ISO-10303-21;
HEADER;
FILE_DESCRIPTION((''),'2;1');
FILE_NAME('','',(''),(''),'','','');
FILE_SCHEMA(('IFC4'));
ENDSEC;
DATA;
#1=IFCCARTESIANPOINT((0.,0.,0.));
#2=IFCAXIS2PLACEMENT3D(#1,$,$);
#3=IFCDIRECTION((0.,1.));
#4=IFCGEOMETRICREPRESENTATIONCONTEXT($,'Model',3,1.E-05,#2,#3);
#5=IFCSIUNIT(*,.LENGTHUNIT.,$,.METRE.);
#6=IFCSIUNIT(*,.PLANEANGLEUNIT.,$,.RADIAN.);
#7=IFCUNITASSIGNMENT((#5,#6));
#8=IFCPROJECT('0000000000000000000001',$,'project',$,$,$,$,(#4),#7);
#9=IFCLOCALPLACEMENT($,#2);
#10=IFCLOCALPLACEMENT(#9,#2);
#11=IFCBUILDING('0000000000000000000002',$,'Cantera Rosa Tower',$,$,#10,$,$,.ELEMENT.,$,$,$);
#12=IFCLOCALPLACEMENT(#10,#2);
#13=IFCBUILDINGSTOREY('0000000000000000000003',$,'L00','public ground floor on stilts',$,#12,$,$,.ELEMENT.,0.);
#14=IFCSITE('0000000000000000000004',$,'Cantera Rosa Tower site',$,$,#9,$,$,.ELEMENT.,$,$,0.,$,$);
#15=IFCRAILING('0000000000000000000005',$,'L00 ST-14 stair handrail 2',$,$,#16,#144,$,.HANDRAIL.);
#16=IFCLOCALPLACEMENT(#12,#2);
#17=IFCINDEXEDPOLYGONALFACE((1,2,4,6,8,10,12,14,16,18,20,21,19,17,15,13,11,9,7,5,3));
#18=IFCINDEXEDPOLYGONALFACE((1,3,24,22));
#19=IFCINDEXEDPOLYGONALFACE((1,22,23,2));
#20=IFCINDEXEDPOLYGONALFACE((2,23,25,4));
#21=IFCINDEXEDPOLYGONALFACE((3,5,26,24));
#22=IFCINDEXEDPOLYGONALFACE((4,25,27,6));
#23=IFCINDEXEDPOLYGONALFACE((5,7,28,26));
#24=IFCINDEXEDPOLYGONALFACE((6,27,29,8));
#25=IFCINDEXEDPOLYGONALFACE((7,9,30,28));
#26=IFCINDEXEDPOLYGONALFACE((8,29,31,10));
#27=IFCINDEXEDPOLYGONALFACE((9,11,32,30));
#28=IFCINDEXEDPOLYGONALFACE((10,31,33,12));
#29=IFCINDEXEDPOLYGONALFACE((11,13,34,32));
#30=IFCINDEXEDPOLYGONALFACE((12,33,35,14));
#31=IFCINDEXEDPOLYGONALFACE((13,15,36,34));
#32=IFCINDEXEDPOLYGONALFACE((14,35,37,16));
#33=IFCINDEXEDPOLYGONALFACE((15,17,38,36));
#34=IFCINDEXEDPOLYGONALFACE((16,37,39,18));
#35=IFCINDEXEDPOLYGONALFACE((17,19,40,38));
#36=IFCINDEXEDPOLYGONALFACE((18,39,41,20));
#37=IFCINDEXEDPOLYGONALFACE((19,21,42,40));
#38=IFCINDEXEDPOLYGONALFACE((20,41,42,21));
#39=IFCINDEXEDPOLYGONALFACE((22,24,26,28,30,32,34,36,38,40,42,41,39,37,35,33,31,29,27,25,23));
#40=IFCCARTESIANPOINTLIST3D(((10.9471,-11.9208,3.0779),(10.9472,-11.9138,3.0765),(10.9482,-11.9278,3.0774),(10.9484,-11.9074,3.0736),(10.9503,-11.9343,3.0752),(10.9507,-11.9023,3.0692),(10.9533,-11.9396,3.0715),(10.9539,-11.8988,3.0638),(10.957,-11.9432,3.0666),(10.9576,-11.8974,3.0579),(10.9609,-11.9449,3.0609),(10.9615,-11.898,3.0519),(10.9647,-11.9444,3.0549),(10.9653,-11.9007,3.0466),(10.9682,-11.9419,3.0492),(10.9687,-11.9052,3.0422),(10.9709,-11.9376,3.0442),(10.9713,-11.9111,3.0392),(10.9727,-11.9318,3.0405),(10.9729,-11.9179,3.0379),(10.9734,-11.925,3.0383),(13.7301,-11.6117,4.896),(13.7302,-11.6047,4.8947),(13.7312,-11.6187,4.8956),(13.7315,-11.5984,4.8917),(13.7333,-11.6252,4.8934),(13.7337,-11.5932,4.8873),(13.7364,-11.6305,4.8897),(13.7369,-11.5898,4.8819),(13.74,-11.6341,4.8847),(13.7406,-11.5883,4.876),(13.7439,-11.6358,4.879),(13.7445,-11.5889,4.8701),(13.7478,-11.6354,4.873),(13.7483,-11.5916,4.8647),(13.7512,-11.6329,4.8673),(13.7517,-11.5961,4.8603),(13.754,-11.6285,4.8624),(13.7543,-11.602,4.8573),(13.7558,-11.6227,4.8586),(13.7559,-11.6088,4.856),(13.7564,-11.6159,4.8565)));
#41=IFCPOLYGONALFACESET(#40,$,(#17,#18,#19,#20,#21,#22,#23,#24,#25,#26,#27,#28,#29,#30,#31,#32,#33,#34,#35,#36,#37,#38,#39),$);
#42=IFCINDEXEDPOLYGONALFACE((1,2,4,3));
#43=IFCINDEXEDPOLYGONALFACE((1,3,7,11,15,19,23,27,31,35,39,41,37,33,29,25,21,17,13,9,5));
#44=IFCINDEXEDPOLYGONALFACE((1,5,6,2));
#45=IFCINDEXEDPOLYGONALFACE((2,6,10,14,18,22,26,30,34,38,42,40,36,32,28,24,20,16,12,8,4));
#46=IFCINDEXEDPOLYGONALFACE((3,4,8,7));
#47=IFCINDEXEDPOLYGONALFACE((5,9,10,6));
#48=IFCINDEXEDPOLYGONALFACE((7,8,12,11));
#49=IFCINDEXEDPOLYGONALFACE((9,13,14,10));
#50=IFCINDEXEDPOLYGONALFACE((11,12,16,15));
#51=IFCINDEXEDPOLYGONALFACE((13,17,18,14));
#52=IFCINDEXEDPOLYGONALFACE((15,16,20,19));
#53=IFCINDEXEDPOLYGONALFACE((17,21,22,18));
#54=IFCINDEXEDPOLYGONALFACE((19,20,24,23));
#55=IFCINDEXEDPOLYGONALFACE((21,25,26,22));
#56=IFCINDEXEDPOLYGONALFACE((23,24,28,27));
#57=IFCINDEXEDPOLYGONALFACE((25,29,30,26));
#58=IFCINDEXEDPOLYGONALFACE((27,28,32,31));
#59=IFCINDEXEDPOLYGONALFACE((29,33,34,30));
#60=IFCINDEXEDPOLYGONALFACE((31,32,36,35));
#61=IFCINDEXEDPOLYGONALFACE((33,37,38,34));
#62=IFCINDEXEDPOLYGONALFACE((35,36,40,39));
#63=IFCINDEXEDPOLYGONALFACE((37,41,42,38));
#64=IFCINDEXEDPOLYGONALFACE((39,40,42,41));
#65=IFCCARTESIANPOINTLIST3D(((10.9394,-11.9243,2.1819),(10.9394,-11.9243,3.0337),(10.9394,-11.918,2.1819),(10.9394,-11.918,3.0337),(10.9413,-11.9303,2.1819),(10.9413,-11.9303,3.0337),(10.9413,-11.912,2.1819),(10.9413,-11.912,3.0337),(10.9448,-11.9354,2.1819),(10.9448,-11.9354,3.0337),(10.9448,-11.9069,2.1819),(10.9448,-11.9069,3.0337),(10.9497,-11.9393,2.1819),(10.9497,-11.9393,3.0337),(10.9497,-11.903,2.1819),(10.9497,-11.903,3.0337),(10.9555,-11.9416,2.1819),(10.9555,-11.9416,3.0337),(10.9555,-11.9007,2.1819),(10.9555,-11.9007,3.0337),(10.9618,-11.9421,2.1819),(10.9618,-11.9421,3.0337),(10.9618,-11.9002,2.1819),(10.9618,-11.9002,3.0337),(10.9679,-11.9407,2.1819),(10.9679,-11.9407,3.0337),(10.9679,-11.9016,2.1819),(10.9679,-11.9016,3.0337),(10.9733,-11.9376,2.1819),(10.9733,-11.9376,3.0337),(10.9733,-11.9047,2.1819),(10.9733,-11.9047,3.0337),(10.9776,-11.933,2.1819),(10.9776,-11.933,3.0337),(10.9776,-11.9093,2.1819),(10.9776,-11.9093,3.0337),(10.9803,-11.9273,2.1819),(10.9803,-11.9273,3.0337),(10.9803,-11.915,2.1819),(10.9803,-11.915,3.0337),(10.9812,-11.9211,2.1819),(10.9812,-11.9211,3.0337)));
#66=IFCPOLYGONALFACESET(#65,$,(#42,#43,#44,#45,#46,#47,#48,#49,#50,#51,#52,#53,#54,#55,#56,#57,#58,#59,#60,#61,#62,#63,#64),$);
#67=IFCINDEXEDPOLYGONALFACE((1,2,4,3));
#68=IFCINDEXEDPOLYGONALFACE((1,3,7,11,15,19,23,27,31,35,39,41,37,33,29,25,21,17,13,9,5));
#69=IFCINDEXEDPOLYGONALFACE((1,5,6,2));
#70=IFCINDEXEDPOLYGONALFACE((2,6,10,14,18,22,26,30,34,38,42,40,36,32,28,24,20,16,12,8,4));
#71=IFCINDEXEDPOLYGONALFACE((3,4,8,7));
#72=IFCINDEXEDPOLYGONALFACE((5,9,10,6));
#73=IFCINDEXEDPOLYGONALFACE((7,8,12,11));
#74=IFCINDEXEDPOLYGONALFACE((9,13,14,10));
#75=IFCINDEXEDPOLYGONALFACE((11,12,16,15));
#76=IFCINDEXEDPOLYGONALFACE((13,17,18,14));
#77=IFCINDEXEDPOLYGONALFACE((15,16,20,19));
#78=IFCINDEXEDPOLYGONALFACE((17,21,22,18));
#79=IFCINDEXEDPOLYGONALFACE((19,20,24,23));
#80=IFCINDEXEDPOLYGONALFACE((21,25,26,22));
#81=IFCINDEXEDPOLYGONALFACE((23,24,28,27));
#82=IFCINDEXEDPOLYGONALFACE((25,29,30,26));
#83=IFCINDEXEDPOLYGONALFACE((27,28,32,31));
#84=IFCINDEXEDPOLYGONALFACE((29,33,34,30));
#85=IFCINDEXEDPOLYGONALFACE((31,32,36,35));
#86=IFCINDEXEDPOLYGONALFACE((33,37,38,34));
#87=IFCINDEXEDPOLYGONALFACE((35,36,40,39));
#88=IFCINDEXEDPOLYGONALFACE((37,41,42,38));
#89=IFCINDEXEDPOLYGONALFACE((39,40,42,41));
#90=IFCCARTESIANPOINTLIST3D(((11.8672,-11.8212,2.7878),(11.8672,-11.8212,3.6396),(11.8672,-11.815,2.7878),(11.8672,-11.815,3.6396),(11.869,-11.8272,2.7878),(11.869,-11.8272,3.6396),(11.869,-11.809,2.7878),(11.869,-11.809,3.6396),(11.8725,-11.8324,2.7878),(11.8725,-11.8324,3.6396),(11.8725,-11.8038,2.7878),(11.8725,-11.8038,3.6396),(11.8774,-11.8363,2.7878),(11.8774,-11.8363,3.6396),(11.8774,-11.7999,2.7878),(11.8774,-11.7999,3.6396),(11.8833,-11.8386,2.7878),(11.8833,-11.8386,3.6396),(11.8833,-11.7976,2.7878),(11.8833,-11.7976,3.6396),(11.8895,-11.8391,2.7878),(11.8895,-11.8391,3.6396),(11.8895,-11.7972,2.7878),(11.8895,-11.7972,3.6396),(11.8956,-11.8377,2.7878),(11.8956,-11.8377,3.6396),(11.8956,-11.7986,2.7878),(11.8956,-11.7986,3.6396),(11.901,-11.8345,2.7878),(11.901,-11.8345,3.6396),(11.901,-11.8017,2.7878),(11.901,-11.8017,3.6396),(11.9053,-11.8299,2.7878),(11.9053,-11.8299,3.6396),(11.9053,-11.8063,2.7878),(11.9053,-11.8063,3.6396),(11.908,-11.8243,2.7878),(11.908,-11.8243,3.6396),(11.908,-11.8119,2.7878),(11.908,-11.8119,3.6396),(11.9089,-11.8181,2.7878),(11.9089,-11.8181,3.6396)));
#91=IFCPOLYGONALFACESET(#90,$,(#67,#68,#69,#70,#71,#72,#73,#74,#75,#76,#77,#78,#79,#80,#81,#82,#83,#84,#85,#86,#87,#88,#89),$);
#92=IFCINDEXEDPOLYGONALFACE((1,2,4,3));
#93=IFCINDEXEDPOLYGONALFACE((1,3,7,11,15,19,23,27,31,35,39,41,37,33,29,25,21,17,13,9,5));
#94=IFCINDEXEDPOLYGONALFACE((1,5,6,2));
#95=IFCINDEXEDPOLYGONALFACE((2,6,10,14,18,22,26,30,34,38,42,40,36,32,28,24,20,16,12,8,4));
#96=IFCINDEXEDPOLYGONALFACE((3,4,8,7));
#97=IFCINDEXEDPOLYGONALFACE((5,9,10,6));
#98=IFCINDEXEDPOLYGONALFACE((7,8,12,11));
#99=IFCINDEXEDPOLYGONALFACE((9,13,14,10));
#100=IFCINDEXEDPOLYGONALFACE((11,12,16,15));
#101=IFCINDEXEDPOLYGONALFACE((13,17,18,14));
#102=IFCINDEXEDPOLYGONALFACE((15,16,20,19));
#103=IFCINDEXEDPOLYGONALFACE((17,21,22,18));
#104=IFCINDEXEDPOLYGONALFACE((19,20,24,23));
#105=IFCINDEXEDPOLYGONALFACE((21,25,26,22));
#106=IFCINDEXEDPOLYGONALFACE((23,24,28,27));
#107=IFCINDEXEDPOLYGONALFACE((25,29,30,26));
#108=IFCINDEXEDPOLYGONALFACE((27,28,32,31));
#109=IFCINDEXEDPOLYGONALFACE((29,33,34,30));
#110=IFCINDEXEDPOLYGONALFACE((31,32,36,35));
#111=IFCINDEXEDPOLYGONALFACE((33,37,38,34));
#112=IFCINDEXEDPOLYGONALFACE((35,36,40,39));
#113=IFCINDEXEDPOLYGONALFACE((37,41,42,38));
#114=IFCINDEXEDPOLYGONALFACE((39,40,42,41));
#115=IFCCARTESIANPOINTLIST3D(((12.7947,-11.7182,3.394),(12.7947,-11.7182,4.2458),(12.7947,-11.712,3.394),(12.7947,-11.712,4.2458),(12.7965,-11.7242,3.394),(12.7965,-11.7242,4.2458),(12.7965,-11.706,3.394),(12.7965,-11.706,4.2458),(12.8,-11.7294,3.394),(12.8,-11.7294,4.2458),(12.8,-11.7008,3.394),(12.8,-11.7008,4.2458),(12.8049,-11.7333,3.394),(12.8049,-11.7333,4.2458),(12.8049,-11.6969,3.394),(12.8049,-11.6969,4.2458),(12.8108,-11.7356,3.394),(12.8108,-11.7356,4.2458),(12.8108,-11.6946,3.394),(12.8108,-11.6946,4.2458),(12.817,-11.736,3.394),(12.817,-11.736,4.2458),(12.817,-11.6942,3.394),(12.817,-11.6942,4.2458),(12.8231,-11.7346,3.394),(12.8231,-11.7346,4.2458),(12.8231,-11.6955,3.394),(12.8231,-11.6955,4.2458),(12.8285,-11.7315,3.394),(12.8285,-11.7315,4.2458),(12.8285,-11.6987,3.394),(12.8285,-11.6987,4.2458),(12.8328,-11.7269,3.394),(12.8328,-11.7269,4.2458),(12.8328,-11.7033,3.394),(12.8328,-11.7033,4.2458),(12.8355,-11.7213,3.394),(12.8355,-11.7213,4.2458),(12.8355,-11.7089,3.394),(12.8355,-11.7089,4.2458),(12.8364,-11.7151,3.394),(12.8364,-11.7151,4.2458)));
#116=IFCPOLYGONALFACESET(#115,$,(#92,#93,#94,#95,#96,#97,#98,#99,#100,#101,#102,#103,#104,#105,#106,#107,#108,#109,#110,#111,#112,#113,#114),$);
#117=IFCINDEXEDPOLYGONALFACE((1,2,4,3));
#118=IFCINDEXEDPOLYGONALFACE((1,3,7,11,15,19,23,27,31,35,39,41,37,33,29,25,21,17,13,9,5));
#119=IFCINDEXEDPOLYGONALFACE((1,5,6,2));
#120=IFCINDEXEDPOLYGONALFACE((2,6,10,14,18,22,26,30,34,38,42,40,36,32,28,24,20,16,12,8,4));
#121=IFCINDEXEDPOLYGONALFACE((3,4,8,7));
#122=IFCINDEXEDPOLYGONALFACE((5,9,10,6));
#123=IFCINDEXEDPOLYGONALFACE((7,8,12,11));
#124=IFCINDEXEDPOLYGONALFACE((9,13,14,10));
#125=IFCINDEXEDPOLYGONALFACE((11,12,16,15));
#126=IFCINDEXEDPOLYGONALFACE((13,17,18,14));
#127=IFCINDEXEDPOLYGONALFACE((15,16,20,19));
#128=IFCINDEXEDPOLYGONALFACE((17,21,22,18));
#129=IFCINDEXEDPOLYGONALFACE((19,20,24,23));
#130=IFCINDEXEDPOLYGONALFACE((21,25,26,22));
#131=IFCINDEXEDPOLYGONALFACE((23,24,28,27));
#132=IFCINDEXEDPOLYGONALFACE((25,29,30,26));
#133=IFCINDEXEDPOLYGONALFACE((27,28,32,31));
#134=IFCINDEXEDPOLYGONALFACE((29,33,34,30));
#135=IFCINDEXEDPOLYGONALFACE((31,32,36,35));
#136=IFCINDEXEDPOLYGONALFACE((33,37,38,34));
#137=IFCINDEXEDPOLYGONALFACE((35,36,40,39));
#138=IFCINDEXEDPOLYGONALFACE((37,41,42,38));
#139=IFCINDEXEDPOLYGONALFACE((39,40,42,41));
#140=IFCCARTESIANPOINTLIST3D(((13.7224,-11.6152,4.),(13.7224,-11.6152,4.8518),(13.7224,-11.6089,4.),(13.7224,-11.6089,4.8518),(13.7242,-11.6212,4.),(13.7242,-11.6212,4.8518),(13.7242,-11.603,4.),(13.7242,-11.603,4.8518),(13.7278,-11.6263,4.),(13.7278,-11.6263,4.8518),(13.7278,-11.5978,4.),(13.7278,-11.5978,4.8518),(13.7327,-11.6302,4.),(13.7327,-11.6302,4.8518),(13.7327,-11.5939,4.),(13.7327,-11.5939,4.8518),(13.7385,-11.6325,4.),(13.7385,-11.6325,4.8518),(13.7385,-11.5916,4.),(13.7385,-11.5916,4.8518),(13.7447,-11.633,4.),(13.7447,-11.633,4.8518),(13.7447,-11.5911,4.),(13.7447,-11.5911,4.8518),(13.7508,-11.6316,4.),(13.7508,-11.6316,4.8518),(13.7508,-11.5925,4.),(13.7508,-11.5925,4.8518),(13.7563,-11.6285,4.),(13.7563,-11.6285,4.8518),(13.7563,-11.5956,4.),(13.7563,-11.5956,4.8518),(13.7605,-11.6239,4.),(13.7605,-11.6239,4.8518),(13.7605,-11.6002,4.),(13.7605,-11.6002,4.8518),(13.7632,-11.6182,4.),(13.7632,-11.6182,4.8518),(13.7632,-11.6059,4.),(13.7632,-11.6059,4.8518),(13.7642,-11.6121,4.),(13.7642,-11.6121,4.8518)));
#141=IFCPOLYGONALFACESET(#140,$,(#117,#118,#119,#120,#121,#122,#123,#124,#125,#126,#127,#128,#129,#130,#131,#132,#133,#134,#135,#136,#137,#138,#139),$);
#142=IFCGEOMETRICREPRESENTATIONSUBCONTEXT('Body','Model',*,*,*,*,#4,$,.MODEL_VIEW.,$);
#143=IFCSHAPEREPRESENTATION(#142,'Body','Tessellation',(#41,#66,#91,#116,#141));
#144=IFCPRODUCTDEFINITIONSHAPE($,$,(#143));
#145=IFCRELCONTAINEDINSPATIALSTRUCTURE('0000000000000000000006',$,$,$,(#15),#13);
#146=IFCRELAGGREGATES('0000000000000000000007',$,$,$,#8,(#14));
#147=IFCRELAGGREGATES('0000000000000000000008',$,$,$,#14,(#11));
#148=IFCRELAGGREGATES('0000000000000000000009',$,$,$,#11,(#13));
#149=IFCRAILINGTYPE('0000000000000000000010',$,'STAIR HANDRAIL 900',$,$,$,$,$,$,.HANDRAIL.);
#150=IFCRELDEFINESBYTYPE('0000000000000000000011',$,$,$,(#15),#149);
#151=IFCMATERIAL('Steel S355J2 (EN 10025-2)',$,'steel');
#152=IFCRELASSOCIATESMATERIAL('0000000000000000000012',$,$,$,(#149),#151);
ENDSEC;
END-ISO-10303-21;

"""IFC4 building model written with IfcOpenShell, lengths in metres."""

from ifc_helpers import new_model, si_unit, direction, frame, origin, origin_2d, place, context, subcontext, project, spatial, circle, extrude, material, type_object, element, save


model = new_model("IFC4")

# Units and contexts
model_context = context("Model", 3, precision=1e-05, world=origin(), true_north=direction((0.0, 1.0)))
body_context = subcontext(model_context, "Body", "Model", "MODEL_VIEW")
ifc_project = project(units=[si_unit("LENGTHUNIT", "METRE"), si_unit("PLANEANGLEUNIT", "RADIAN")], contexts=[model_context])

# Site, building, storey
site_placement = place(None, origin())
site = spatial("IfcSite", under=ifc_project, at=site_placement, Name="Cantera Rosa Tower site", CompositionType="ELEMENT", RefElevation=0.0)
building_placement = place(site_placement, origin())
building = spatial("IfcBuilding", under=site, at=building_placement, Name="Cantera Rosa Tower", CompositionType="ELEMENT")
storey_placement = place(building_placement, origin())
storey = spatial("IfcBuildingStorey", under=building, at=storey_placement, Name="L00", Description="public ground floor on stilts", CompositionType="ELEMENT", Elevation=0.0)

# Railing
ifc_material_1 = material(Name="Steel S355J2 (EN 10025-2)", Category="steel")
railing_type_1 = type_object("IfcRailingType", Name="STAIR HANDRAIL 900", PredefinedType="HANDRAIL", material=ifc_material_1)
for number, where, name in (
    (1, (10.9602, -11.9211, 2.1819), "L00 ST-14 stair handrail 2"),
):
    element("IfcRailing", number, at=place(storey_placement, frame(where)), inside=storey, type_object=railing_type_1, Name=name, PredefinedType="HANDRAIL", context=body_context, shape_type="SweptSolid", body=[
        extrude(circle(Radius=0.0239, at=origin_2d()), frame((0.0, 0.0, 0.876), z_axis=(0.833582, 0.09258, 0.544582), x_axis=(-0.110384, 0.993889, 0.0)), (0.0, 0.0, 1.0), 3.3386),
        extrude(circle(Radius=0.021, at=origin_2d()), origin(), (0.0, 0.0, 1.0), 0.8518),
        extrude(circle(Radius=0.021, at=origin_2d()), frame((0.9277, 0.103, 0.606)), (0.0, 0.0, 1.0), 0.8518),
        extrude(circle(Radius=0.021, at=origin_2d()), frame((1.8552, 0.2061, 1.2122)), (0.0, 0.0, 1.0), 0.8518),
        extrude(circle(Radius=0.021, at=origin_2d()), frame((2.783, 0.3091, 1.8181)), (0.0, 0.0, 1.0), 0.8518),
    ])

save(model, "model.ifc")
